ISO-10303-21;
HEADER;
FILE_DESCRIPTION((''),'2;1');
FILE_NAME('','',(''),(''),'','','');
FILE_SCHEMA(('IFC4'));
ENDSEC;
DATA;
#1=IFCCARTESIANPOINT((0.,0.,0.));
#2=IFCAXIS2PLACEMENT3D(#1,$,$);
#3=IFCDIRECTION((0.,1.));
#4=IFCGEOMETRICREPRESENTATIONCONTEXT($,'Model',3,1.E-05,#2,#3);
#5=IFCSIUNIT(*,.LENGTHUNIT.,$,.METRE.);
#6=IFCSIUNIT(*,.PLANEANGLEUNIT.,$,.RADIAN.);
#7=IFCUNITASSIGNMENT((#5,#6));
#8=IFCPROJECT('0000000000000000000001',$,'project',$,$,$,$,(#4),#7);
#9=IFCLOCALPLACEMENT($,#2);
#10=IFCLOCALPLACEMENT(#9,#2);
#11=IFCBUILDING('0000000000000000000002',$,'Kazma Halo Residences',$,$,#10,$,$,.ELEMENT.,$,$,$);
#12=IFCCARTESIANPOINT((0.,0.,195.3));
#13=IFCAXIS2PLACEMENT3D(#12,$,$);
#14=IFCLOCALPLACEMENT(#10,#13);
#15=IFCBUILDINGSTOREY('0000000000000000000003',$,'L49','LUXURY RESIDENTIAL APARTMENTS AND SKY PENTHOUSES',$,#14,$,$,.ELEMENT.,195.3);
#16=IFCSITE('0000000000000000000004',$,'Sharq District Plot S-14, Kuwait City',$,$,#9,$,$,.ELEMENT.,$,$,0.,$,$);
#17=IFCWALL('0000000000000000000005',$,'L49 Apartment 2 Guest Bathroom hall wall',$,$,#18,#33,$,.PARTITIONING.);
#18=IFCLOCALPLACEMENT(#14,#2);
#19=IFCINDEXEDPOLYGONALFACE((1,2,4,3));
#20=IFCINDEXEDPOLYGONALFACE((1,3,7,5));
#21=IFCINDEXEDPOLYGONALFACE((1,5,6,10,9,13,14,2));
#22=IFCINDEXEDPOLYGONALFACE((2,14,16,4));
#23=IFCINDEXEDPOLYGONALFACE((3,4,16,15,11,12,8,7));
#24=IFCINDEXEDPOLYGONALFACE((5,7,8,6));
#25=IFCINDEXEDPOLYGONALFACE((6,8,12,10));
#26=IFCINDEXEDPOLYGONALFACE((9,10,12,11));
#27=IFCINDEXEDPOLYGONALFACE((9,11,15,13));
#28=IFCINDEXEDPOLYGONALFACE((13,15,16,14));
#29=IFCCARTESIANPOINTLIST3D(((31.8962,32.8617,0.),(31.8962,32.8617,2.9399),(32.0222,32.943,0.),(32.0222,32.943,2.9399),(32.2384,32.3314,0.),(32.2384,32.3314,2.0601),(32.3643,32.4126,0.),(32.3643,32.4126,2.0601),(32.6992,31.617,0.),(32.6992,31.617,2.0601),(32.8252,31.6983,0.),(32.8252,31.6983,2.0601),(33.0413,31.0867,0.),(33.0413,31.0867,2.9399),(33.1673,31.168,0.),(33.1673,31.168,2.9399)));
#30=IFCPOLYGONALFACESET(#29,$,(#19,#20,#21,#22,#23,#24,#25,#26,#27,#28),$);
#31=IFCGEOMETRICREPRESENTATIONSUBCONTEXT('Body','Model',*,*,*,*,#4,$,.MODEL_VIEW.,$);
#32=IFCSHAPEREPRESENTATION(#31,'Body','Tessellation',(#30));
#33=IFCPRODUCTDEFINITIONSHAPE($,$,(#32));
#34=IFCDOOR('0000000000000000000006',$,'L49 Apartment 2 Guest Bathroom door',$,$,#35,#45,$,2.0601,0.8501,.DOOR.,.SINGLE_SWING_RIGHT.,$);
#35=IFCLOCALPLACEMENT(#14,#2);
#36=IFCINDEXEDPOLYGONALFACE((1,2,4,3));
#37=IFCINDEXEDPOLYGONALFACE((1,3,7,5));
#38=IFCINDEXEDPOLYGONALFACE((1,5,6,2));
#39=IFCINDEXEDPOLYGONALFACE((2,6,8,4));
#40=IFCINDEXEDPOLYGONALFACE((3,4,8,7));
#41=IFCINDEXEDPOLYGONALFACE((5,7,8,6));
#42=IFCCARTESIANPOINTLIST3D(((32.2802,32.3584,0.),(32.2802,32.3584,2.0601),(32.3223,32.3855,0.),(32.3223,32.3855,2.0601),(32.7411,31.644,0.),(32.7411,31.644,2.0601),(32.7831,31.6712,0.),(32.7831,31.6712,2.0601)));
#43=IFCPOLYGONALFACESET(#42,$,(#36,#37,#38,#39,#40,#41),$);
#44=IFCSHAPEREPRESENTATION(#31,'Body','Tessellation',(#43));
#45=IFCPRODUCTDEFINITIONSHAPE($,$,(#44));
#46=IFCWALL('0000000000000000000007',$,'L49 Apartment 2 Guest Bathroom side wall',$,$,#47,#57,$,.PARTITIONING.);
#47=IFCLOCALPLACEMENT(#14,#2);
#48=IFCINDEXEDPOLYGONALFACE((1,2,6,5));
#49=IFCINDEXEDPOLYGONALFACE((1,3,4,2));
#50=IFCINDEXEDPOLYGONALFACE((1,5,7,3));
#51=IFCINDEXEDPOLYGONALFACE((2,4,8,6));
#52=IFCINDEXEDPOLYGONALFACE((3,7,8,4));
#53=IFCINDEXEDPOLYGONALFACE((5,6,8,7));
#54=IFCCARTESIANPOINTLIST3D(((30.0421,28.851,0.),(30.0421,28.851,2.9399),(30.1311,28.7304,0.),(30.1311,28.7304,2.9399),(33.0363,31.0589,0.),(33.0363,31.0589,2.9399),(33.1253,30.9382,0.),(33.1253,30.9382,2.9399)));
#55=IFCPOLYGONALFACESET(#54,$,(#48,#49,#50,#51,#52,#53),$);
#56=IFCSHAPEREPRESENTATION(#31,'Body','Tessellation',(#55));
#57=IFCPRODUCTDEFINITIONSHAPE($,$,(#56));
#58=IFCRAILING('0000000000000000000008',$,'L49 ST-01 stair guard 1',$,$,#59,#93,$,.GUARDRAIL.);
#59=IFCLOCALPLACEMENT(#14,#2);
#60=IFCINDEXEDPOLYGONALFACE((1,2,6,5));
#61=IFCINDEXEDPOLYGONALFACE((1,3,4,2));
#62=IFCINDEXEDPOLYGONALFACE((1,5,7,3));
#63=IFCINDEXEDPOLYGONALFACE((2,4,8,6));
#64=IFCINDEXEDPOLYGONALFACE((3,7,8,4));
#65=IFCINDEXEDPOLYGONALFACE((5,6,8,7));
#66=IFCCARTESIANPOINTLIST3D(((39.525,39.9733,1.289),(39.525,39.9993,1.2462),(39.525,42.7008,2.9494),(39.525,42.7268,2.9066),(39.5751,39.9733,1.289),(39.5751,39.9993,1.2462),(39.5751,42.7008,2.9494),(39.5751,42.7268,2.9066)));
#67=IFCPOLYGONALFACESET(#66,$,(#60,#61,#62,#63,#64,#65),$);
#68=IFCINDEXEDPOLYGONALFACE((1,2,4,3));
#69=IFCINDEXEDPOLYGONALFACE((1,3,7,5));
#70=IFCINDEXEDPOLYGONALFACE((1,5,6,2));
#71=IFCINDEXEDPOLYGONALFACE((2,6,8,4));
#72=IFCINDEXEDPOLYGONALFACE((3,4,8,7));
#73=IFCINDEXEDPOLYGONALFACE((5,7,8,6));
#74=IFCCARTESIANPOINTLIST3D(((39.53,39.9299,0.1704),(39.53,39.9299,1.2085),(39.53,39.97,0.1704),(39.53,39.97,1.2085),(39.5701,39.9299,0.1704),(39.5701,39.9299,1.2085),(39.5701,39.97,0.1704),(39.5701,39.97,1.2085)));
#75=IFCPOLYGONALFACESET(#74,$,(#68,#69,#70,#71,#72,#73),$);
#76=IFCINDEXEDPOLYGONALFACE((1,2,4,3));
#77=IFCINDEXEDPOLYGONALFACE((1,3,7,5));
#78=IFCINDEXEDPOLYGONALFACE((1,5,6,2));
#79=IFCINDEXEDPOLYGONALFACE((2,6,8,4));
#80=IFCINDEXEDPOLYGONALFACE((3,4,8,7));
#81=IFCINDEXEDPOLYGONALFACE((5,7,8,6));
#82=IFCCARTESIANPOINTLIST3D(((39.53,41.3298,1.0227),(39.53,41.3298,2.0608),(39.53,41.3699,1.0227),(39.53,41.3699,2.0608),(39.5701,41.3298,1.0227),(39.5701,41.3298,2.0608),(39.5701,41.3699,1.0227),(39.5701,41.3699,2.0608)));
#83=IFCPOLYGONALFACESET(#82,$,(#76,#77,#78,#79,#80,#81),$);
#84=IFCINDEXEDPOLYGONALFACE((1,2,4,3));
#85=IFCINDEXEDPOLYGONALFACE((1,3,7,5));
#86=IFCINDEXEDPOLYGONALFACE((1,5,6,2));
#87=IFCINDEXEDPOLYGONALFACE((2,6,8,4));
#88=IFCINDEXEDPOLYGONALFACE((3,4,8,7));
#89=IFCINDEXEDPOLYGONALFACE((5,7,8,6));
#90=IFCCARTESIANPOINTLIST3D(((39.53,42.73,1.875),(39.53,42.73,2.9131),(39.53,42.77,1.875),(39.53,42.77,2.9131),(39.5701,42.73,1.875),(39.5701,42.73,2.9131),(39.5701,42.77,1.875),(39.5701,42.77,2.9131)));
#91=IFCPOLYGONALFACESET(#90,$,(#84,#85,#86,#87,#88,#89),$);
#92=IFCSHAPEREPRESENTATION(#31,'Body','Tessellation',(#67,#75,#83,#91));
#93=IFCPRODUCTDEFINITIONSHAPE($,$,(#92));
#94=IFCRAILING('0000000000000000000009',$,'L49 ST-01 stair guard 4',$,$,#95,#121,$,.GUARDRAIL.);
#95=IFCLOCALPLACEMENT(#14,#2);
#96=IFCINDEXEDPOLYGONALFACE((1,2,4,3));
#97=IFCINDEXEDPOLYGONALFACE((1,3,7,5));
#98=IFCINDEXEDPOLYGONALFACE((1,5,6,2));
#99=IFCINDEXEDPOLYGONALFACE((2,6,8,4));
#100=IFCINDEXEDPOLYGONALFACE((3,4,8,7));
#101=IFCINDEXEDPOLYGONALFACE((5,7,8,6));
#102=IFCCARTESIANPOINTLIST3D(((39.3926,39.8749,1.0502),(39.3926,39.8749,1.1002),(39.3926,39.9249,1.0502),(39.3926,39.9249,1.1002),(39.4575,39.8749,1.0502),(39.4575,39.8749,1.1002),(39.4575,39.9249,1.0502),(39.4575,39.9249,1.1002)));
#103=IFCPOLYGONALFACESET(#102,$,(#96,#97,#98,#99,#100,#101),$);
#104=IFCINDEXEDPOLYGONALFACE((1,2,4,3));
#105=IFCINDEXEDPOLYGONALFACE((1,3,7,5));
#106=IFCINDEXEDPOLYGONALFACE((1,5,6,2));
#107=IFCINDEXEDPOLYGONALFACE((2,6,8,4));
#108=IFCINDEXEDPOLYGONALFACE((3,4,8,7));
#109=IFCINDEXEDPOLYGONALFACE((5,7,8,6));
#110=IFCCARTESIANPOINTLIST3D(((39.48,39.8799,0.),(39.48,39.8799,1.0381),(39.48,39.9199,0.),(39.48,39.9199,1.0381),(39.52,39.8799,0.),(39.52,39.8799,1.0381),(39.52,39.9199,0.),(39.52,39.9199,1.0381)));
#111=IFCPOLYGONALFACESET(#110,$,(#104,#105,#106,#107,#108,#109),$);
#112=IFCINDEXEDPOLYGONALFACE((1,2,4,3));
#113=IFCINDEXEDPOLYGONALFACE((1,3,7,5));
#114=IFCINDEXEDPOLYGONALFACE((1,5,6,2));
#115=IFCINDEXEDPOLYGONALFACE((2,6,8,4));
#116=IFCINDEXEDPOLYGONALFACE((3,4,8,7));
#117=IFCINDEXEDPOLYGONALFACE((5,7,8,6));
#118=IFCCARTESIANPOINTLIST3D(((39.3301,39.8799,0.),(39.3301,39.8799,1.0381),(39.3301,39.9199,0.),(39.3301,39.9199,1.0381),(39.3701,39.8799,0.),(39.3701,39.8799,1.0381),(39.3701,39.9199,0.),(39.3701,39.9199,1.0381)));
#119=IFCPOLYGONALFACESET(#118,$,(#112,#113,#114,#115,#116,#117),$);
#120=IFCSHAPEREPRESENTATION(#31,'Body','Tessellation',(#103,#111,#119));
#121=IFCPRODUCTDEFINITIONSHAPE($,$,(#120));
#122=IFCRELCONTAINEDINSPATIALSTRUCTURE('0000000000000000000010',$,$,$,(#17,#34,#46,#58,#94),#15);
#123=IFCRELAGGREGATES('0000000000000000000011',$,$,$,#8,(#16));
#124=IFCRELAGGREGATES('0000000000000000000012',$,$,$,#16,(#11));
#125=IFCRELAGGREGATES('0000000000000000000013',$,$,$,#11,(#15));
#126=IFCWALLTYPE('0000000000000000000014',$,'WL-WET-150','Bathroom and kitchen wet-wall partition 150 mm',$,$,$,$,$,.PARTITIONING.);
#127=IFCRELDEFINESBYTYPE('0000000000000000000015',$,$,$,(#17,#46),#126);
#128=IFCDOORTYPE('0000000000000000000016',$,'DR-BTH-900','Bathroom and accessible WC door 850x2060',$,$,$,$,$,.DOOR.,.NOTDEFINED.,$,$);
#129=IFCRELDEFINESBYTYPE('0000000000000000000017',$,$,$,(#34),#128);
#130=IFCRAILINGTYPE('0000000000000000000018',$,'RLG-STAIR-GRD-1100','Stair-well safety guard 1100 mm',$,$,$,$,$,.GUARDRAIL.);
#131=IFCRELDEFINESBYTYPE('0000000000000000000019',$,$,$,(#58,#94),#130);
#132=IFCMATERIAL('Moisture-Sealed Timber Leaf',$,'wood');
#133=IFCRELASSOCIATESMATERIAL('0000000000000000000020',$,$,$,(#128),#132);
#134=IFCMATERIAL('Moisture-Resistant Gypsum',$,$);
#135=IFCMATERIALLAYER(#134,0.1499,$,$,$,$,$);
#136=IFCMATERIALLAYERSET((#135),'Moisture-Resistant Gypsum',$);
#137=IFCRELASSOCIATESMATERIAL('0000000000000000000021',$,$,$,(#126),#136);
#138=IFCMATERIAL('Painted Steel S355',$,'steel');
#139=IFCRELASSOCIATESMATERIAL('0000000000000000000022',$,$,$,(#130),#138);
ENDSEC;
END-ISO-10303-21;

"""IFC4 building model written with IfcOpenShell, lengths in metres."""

from ifc_helpers import new_model, si_unit, direction, frame, frame_2d, origin, origin_2d, place, context, subcontext, project, spatial, rectangle, extrude, material, layer, layer_set, type_object, element, fill, save


model = new_model("IFC4")

# Units and contexts
model_context = context("Model", 3, precision=1e-05, world=origin(), true_north=direction((0.0, 1.0)))
body_context = subcontext(model_context, "Body", "Model", "MODEL_VIEW")
ifc_project = project(units=[si_unit("LENGTHUNIT", "METRE"), si_unit("PLANEANGLEUNIT", "RADIAN")], contexts=[model_context])

# Site, building, storey
site_placement = place(None, origin())
site = spatial("IfcSite", under=ifc_project, at=site_placement, Name="Sharq District Plot S-14, Kuwait City", CompositionType="ELEMENT", RefElevation=0.0)
building_placement = place(site_placement, origin())
building = spatial("IfcBuilding", under=site, at=building_placement, Name="Kazma Halo Residences", CompositionType="ELEMENT")
storey_placement = place(building_placement, frame((0.0, 0.0, 195.3)))
storey = spatial("IfcBuildingStorey", under=building, at=storey_placement, Name="L49", Description="LUXURY RESIDENTIAL APARTMENTS AND SKY PENTHOUSES", CompositionType="ELEMENT", Elevation=195.3)

# Wall, opening, door
ifc_material_1 = material(Name="Moisture-Sealed Timber Leaf", Category="wood")
door_type_1 = type_object("IfcDoorType", Name="DR-BTH-900", Description="Bathroom and accessible WC door 850x2060", OperationType="NOTDEFINED", PredefinedType="DOOR", material=ifc_material_1)
ifc_material_2 = material(Name="Moisture-Resistant Gypsum")
ifc_layer_1 = layer(ifc_material_2, 0.1499)
ifc_layer_set_1 = layer_set([ifc_layer_1], Name="Moisture-Resistant Gypsum")
wall_type_1 = type_object("IfcWallType", Name="WL-WET-150", Description="Bathroom and kitchen wet-wall partition 150 mm", PredefinedType="PARTITIONING", material=ifc_layer_set_1)
wall_1_placement = place(storey_placement, frame((31.9592, 32.9023, 0.0), z_axis=(0.0, 0.0, 1.0), x_axis=(0.542101, -0.840314, 0.0)))
wall_1 = element("IfcWall", 1, at=wall_1_placement, inside=storey, type_object=wall_type_1, Name="L49 Apartment 2 Guest Bathroom hall wall", PredefinedType="PARTITIONING", context=body_context, shape_type="SweptSolid", body=[
    extrude(rectangle(XDim=2.1123, YDim=0.1499, at=frame_2d((1.0562, 0.0))), origin(), (0.0, 0.0, 1.0), 2.9399),
])
opening_1_placement = place(wall_1_placement, frame((0.6311, 0.0, 0.0)))
opening_1 = element("IfcOpeningElement", 2, at=opening_1_placement, cuts=wall_1, PredefinedType="OPENING", context=body_context, shape_type="SweptSolid", body=[
    extrude(rectangle(XDim=0.8501, YDim=2.0601, at=frame_2d((0.425, 1.03))), frame((0.0, 0.085, 0.0), z_axis=(0.0, -1.0, 0.0), x_axis=(1.0, 0.0, 0.0)), (0.0, 0.0, 1.0), 0.1699),
])
door_1_placement = place(opening_1_placement, origin())
door_1 = element("IfcDoor", 3, at=door_1_placement, inside=storey, type_object=door_type_1, Name="L49 Apartment 2 Guest Bathroom door", OperationType="SINGLE_SWING_RIGHT", OverallHeight=2.0601, OverallWidth=0.8501, PredefinedType="DOOR", context=body_context, shape_type="SweptSolid", body=[
    extrude(rectangle(XDim=0.8501, YDim=2.0601, at=frame_2d((0.425, 1.03))), frame((0.0, 0.0249, 0.0), z_axis=(0.0, -1.0, 0.0), x_axis=(1.0, 0.0, 0.0)), (0.0, 0.0, 1.0), 0.05),
])
fill(opening_1, door_1)

# Wall
wall_2_placement = place(storey_placement, frame((33.0808, 30.9985, 0.0), z_axis=(0.0, 0.0, 1.0), x_axis=(-0.804856, -0.59347, 0.0)))
element("IfcWall", 4, at=wall_2_placement, inside=storey, type_object=wall_type_1, Name="L49 Apartment 2 Guest Bathroom side wall", PredefinedType="PARTITIONING", context=body_context, shape_type="SweptSolid", body=[
    extrude(rectangle(XDim=3.7202, YDim=0.1499, at=frame_2d((1.8601, 0.0))), origin(), (0.0, 0.0, 1.0), 2.9399),
])

# Railings
ifc_material_3 = material(Name="Painted Steel S355", Category="steel")
railing_type = type_object("IfcRailingType", Name="RLG-STAIR-GRD-1100", Description="Stair-well safety guard 1100 mm", PredefinedType="GUARDRAIL", material=ifc_material_3)
railing_1_placement = place(storey_placement, frame((39.55, 39.95, 0.1704)))
element("IfcRailing", 5, at=railing_1_placement, inside=storey, type_object=railing_type, Name="L49 ST-01 stair guard 1", PredefinedType="GUARDRAIL", context=body_context, shape_type="SweptSolid", body=[
    extrude(rectangle(XDim=0.05, YDim=0.05, at=origin_2d()), frame((0.0, 0.0364, 1.0972), z_axis=(0.0, 0.85417, 0.519994), x_axis=(-1.0, 0.0, 0.0)), (0.0, 0.0, 1.0), 3.1931),
    extrude(rectangle(XDim=0.04, YDim=0.04, at=origin_2d()), origin(), (0.0, 0.0, 1.0), 1.0381),
    extrude(rectangle(XDim=0.04, YDim=0.04, at=origin_2d()), frame((0.0, 1.3999, 0.8523)), (0.0, 0.0, 1.0), 1.0381),
    extrude(rectangle(XDim=0.04, YDim=0.04, at=origin_2d()), frame((0.0, 2.8, 1.7046)), (0.0, 0.0, 1.0), 1.0381),
])
railing_2_placement = place(storey_placement, frame((39.5, 39.8999, 0.0)))
element("IfcRailing", 6, at=railing_2_placement, inside=storey, type_object=railing_type, Name="L49 ST-01 stair guard 4", PredefinedType="GUARDRAIL", context=body_context, shape_type="SweptSolid", body=[
    extrude(rectangle(XDim=0.05, YDim=0.05, at=origin_2d()), frame((-0.0425, 0.0, 1.0752), z_axis=(-1.0, 0.0, 0.0), x_axis=(0.0, -1.0, 0.0)), (0.0, 0.0, 1.0), 0.0649),
    extrude(rectangle(XDim=0.04, YDim=0.04, at=origin_2d()), origin(), (0.0, 0.0, 1.0), 1.0381),
    extrude(rectangle(XDim=0.04, YDim=0.04, at=origin_2d()), frame((-0.1499, 0.0, 0.0)), (0.0, 0.0, 1.0), 1.0381),
])

save(model, "model.ifc")
